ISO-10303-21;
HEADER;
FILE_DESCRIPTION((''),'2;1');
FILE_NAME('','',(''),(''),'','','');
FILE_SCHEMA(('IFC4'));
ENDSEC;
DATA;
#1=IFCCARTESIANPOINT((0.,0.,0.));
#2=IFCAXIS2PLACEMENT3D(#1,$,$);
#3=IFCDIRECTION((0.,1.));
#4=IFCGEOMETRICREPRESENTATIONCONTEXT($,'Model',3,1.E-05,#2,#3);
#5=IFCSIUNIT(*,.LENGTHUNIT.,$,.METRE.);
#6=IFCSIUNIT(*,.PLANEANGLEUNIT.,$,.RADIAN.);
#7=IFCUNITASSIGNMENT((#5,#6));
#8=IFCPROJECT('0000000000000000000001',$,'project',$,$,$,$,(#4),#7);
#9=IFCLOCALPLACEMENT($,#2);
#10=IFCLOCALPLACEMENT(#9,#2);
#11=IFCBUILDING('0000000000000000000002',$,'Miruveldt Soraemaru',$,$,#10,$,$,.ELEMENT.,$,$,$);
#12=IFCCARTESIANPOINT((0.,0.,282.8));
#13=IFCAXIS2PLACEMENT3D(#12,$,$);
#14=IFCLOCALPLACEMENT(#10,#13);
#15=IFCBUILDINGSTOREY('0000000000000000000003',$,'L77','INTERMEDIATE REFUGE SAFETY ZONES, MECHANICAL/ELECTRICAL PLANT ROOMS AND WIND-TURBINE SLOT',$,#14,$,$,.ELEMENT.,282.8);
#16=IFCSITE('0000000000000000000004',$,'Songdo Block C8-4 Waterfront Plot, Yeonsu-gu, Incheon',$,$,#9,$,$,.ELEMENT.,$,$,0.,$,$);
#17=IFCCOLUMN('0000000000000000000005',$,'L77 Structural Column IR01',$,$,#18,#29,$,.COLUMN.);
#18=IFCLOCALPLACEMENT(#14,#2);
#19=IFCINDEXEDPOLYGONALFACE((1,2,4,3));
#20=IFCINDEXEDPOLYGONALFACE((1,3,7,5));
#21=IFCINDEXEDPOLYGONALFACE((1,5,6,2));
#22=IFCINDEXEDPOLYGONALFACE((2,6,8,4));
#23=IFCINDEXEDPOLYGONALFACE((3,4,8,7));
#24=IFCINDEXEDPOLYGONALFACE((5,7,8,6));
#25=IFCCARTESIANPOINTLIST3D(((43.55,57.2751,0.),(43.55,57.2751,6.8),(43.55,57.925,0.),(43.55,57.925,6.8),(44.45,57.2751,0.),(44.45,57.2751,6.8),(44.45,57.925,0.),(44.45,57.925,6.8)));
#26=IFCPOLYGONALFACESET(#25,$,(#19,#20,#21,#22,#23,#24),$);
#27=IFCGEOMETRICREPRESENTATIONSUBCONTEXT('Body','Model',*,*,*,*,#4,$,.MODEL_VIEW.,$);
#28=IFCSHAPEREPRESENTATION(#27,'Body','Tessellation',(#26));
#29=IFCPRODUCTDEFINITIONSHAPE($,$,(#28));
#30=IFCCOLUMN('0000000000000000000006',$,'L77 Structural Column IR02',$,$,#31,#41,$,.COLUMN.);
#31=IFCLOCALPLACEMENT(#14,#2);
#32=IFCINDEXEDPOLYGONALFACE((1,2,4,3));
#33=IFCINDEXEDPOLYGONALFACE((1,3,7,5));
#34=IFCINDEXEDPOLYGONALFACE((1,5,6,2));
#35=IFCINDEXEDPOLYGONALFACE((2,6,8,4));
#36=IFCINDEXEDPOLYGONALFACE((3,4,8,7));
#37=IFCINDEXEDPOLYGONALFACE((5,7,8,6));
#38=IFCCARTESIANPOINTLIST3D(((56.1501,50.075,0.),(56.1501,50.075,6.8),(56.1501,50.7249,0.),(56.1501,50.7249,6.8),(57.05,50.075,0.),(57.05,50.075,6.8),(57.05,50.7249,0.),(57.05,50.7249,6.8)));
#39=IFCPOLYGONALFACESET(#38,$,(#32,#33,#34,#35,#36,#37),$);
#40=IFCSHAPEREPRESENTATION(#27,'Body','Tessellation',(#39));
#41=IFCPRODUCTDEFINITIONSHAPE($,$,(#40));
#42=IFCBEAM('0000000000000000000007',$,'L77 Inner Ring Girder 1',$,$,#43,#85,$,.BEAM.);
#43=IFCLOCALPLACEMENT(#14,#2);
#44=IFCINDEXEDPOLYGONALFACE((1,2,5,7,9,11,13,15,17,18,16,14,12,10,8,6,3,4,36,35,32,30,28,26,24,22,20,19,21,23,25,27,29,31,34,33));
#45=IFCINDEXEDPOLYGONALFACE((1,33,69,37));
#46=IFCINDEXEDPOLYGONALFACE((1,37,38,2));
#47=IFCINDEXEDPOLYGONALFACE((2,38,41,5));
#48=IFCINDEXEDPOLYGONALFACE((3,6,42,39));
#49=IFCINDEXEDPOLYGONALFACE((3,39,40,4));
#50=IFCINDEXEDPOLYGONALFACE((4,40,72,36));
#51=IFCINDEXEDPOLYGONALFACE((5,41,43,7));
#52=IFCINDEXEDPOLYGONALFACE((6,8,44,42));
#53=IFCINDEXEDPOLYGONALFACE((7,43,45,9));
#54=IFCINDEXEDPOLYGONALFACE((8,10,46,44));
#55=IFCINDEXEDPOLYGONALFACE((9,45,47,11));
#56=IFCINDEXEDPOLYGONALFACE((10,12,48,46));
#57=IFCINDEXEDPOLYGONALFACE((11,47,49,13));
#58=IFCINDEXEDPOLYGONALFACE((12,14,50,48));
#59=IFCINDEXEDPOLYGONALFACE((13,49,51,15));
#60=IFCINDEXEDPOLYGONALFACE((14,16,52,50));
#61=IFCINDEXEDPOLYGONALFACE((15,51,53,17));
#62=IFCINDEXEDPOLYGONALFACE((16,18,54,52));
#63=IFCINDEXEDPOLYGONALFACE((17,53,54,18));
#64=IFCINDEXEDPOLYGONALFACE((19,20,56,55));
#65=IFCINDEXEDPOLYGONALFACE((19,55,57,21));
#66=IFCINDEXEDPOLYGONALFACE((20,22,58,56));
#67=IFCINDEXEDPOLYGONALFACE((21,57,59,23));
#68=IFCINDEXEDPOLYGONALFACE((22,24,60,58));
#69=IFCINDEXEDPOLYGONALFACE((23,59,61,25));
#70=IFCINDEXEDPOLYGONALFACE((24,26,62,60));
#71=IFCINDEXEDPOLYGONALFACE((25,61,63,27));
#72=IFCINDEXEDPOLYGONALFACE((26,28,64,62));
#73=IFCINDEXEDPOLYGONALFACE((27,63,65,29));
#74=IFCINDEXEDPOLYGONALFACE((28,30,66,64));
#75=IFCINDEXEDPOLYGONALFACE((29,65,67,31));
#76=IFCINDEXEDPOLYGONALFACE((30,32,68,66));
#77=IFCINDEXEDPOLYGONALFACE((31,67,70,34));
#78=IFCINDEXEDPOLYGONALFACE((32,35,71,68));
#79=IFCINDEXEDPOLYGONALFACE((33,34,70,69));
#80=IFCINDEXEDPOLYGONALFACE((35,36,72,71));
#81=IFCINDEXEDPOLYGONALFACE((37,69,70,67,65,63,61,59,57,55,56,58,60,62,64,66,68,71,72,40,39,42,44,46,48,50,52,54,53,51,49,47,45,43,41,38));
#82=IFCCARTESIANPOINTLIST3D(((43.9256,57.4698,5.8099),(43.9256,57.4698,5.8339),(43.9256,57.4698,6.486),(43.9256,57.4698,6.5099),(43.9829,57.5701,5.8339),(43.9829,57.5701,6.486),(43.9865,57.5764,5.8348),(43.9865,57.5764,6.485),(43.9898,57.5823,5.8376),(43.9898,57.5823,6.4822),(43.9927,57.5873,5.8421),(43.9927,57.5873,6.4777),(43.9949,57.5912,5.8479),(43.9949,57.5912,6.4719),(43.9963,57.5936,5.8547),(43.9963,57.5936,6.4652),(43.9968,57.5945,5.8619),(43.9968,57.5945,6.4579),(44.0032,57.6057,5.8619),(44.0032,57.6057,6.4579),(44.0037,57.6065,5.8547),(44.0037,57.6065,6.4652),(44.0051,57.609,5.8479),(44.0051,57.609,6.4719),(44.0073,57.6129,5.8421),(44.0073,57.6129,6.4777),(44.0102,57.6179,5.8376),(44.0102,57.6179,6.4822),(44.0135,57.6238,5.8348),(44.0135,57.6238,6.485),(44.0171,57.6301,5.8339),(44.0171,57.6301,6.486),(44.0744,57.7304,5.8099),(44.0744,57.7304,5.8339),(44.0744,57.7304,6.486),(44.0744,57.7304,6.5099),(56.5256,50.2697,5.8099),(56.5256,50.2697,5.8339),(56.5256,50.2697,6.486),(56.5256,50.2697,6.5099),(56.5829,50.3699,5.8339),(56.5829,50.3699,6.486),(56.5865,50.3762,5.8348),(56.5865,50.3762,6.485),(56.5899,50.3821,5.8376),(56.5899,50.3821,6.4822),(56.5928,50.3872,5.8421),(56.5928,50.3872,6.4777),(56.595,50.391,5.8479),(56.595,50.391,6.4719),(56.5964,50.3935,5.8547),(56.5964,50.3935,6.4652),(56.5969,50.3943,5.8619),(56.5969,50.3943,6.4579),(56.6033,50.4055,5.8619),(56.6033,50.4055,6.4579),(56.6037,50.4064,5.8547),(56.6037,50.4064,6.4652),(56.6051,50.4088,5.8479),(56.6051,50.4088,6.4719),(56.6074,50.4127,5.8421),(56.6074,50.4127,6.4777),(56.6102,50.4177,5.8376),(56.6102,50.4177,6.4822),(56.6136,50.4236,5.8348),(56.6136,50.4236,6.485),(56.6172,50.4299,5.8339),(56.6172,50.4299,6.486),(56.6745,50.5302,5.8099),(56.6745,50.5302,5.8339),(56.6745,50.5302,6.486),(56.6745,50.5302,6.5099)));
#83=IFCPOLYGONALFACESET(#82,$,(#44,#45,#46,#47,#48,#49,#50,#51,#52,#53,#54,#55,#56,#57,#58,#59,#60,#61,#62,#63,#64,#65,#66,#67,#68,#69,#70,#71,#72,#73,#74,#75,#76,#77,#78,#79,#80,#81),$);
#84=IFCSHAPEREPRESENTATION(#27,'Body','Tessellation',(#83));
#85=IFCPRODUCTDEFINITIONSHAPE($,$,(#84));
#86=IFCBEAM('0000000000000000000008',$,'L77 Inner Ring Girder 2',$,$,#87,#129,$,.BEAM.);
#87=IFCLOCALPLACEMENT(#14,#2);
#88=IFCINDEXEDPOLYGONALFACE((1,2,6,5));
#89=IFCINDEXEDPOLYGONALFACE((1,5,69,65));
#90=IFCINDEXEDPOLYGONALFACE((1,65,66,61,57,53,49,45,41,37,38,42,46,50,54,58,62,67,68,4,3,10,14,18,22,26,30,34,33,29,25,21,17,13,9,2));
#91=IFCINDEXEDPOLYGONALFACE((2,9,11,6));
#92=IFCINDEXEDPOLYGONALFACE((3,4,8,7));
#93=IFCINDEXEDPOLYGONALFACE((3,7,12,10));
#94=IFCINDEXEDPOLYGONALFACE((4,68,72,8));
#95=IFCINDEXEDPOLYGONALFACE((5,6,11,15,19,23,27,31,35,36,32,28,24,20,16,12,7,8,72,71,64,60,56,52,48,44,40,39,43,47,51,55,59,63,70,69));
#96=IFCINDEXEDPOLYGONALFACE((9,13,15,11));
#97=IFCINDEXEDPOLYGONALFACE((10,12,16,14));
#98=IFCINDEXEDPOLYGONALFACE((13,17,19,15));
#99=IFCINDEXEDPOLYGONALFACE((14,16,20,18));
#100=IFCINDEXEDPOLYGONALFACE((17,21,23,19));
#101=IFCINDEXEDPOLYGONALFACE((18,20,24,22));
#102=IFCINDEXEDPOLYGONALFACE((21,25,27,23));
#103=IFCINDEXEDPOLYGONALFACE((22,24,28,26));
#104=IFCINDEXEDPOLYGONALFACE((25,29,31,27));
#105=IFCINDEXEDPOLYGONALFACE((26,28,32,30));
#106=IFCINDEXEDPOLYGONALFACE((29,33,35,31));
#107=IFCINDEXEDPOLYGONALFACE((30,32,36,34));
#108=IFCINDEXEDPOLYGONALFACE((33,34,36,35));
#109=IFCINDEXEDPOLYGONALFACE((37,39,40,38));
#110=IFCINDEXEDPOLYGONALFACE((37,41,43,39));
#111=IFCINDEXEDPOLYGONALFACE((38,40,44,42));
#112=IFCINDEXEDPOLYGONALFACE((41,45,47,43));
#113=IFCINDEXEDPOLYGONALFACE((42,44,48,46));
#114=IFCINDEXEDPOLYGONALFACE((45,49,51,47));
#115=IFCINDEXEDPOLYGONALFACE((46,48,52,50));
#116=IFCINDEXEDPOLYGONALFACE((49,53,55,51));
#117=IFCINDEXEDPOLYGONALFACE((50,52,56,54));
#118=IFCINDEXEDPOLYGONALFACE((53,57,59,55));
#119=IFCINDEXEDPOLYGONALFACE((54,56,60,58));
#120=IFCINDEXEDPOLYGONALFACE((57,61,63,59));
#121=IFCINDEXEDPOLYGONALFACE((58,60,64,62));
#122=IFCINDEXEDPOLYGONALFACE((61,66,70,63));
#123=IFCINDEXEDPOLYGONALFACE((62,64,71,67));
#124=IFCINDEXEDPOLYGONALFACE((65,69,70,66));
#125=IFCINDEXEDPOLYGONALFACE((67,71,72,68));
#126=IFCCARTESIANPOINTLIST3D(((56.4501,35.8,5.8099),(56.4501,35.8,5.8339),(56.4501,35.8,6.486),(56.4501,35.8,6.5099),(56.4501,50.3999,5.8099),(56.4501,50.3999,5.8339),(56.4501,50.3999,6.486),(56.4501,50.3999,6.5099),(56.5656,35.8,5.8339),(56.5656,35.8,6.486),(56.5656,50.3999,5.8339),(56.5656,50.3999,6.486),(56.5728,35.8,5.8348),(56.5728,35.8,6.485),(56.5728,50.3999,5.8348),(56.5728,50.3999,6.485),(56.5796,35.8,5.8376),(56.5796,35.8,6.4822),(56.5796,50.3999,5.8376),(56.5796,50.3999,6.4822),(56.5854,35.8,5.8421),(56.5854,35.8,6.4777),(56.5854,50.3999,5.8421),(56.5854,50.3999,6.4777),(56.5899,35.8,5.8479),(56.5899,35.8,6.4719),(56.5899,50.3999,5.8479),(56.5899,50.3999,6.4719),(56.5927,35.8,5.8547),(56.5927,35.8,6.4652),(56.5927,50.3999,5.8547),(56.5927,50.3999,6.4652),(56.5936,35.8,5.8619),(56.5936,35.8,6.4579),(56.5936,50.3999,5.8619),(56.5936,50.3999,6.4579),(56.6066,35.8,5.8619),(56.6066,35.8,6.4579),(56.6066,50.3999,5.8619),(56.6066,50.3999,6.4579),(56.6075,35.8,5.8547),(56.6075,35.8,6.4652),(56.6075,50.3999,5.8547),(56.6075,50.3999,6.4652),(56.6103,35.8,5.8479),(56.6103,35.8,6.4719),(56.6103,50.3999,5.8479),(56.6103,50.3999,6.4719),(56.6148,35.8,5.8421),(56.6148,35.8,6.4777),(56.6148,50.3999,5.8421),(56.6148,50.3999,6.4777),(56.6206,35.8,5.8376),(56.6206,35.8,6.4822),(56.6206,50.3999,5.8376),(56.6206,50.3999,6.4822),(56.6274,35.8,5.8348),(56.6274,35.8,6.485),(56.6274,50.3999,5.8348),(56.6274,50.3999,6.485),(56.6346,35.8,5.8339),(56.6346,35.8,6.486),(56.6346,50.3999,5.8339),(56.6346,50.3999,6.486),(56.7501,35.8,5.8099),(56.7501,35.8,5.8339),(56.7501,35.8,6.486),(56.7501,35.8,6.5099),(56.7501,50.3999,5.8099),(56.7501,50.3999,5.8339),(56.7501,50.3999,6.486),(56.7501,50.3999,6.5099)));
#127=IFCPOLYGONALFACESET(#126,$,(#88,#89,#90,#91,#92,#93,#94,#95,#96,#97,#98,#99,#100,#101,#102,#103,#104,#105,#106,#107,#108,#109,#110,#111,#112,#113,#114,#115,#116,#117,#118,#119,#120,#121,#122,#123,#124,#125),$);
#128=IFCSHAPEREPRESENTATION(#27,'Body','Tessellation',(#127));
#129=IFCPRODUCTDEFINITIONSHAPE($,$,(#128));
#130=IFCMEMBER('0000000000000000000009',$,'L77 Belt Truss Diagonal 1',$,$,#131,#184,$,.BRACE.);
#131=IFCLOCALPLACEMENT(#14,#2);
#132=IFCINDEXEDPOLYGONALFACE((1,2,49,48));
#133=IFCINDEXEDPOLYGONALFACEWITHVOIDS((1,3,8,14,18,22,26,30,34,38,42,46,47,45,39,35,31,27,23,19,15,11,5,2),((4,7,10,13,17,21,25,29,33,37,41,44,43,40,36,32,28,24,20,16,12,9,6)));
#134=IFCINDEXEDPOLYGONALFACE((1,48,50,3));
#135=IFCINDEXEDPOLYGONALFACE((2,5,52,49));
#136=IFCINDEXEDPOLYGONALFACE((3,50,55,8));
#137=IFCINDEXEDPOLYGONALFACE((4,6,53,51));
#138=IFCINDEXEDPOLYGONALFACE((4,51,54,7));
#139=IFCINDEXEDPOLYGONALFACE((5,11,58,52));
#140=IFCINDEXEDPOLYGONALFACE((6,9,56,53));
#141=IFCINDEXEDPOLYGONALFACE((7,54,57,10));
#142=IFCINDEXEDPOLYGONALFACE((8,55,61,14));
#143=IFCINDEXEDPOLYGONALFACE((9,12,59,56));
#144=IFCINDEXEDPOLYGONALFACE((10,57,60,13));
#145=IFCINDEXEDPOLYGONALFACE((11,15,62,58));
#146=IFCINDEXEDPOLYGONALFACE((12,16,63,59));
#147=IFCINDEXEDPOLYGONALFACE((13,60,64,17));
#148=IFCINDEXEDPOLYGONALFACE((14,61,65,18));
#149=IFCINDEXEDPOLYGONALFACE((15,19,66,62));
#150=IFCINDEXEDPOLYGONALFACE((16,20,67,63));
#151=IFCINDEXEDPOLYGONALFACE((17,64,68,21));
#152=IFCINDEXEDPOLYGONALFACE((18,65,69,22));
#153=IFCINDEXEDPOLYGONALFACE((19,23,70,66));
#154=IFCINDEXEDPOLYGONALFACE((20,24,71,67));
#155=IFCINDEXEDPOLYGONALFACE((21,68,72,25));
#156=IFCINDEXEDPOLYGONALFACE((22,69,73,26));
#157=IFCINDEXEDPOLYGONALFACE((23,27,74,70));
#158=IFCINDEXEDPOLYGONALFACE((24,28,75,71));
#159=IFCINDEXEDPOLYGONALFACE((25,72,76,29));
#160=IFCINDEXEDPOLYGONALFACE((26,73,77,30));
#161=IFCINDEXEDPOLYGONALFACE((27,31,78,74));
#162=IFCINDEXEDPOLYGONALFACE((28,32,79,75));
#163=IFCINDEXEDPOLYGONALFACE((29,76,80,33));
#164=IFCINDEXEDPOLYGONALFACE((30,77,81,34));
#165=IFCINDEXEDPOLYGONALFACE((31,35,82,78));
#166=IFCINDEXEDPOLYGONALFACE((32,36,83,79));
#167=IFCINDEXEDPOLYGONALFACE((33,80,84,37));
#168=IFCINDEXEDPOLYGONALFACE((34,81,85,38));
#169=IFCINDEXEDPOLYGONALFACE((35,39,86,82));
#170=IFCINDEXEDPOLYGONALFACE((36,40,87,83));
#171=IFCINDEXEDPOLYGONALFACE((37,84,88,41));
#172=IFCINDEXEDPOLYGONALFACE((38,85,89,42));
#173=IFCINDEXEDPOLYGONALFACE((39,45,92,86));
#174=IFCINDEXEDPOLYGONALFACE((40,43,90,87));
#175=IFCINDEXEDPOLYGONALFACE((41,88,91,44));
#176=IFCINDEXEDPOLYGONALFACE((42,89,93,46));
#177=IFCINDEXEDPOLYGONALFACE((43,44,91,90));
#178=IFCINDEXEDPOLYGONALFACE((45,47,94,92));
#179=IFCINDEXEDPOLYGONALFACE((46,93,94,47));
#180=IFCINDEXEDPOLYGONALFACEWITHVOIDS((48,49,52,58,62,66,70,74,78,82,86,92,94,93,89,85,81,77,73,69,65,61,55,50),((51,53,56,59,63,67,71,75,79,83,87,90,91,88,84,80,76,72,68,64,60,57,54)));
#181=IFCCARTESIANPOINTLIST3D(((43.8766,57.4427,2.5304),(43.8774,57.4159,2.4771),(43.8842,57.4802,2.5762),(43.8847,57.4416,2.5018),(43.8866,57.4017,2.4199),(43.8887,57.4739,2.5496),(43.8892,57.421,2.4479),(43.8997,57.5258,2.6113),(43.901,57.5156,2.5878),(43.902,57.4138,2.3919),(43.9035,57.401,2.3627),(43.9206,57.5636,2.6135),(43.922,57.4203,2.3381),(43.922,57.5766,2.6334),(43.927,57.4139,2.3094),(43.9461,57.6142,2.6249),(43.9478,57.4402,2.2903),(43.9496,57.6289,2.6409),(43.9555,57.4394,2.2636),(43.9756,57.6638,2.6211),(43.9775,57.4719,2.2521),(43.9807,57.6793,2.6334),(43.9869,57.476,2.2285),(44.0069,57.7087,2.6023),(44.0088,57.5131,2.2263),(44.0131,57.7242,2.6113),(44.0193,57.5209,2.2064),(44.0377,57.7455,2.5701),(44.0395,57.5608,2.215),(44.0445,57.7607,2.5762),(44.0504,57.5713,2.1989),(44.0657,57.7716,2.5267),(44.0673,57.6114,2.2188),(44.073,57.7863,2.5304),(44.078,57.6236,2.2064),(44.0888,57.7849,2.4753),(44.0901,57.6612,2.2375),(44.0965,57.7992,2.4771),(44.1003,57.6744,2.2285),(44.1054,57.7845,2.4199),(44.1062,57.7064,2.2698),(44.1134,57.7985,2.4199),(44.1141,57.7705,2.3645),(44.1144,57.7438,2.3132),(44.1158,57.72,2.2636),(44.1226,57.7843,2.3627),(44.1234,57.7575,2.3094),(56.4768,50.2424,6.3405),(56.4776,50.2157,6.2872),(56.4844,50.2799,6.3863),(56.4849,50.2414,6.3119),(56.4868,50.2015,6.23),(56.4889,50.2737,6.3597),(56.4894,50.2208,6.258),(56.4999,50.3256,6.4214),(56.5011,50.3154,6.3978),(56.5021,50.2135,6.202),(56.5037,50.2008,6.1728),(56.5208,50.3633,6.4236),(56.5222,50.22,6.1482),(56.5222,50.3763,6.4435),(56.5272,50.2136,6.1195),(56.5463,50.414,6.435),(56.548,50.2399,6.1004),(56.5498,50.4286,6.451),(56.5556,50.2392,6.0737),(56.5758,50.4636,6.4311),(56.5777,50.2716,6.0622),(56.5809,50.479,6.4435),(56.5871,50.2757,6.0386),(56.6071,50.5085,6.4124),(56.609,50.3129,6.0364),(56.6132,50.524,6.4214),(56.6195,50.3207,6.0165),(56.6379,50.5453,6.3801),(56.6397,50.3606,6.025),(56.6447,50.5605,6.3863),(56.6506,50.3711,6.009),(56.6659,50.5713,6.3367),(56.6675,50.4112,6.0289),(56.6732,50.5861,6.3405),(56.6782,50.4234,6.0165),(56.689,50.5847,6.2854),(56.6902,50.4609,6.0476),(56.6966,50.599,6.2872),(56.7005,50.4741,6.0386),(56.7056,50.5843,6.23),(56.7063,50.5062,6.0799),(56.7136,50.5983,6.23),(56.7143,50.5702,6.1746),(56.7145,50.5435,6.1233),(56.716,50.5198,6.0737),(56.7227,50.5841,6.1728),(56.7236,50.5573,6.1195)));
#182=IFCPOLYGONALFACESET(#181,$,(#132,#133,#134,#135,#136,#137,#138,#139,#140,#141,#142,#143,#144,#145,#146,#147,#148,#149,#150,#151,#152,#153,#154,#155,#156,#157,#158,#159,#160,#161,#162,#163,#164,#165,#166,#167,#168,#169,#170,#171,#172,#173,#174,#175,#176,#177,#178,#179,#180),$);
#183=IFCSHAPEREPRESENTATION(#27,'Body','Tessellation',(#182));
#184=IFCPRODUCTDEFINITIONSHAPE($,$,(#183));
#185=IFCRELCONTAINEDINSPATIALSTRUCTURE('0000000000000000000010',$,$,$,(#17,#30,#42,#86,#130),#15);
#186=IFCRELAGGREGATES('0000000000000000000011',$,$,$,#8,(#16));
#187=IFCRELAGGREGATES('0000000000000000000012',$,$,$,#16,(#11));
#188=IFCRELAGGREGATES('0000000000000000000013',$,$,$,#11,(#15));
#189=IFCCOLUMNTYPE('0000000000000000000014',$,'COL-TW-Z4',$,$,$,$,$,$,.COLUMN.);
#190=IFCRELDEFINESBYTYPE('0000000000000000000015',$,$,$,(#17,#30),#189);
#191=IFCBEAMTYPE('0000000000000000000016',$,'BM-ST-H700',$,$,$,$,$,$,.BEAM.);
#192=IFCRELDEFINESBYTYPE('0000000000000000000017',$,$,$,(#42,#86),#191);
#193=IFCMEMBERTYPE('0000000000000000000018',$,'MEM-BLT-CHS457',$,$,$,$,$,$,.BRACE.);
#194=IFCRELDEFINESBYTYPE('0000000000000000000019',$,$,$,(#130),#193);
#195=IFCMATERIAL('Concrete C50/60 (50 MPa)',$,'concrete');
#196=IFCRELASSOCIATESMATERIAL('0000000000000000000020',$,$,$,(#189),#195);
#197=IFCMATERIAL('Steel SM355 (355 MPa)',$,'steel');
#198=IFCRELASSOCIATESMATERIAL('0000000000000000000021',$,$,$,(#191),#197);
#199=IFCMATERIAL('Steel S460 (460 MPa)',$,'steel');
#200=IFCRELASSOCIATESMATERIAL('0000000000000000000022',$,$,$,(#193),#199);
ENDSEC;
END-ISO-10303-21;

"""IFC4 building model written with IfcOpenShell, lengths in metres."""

from ifc_helpers import new_model, si_unit, direction, frame, origin, origin_2d, place, context, subcontext, project, spatial, rectangle, hollow_circle, i_section, extrude, material, material_profile, profile_set, type_object, element, save


model = new_model("IFC4")

# Units and contexts
model_context = context("Model", 3, precision=1e-05, world=origin(), true_north=direction((0.0, 1.0)))
body_context = subcontext(model_context, "Body", "Model", "MODEL_VIEW")
ifc_project = project(units=[si_unit("LENGTHUNIT", "METRE"), si_unit("PLANEANGLEUNIT", "RADIAN")], contexts=[model_context])

# Site, building, storey
site_placement = place(None, origin())
site = spatial("IfcSite", under=ifc_project, at=site_placement, Name="Songdo Block C8-4 Waterfront Plot, Yeonsu-gu, Incheon", CompositionType="ELEMENT", RefElevation=0.0)
building_placement = place(site_placement, origin())
building = spatial("IfcBuilding", under=site, at=building_placement, Name="Miruveldt Soraemaru", CompositionType="ELEMENT")
storey_placement = place(building_placement, frame((0.0, 0.0, 282.8)))
storey = spatial("IfcBuildingStorey", under=building, at=storey_placement, Name="L77", Description="INTERMEDIATE REFUGE SAFETY ZONES, MECHANICAL/ELECTRICAL PLANT ROOMS AND WIND-TURBINE SLOT", CompositionType="ELEMENT", Elevation=282.8)

# Columns
ifc_material_1 = material(Name="Concrete C50/60 (50 MPa)", Category="concrete")
ifc_material_profile_1 = material_profile(ifc_material_1, rectangle(XDim=0.8999, YDim=0.6499, at=origin_2d()), Name="Concrete C50/60 (50 MPa)", Category="concrete")
ifc_profile_set_1 = profile_set([ifc_material_profile_1], Name="Concrete C50/60 (50 MPa)")
column_type = type_object("IfcColumnType", Name="COL-TW-Z4", PredefinedType="COLUMN", material=ifc_profile_set_1)
for number, where, z_axis, x_axis, name in (
    (1, (44.0, 57.6001, 0.0), (0.0, 0.0, 1.0), (1.0, 0.0, 0.0), "L77 Structural Column IR01"),
    (2, (56.6001, 50.3999, 0.0), (0.0, 0.0, 1.0), (1.0, 0.0, 0.0), "L77 Structural Column IR02"),
):
    element("IfcColumn", number, at=place(storey_placement, frame(where, z_axis=z_axis, x_axis=x_axis)), inside=storey, type_object=column_type, Name=name, PredefinedType="COLUMN", context=body_context, shape_type="SweptSolid", body=[
        extrude(rectangle(XDim=0.8999, YDim=0.6499, at=origin_2d()), origin(), (0.0, 0.0, 1.0), 6.8),
    ])

# Beams
ifc_material_2 = material(Name="Steel SM355 (355 MPa)", Category="steel")
ifc_material_profile_2 = material_profile(ifc_material_2, i_section(OverallWidth=0.3, OverallDepth=0.7, WebThickness=0.0129, FlangeThickness=0.0239, FilletRadius=0.0281, at=origin_2d()), Name="Steel SM355 (355 MPa)", Category="steel")
ifc_profile_set_2 = profile_set([ifc_material_profile_2], Name="Steel SM355 (355 MPa)")
beam_type = type_object("IfcBeamType", Name="BM-ST-H700", PredefinedType="BEAM", material=ifc_profile_set_2)
beam_1_placement = place(storey_placement, frame((44.0, 57.6001, 6.1599), z_axis=(0.868239, -0.496146, 0.0), x_axis=(0.496146, 0.868239, 0.0)))
element("IfcBeam", 3, at=beam_1_placement, inside=storey, type_object=beam_type, Name="L77 Inner Ring Girder 1", PredefinedType="BEAM", context=body_context, shape_type="SweptSolid", body=[
    extrude(i_section(OverallWidth=0.3, OverallDepth=0.7, WebThickness=0.0129, FlangeThickness=0.0239, FilletRadius=0.0281, at=origin_2d()), origin(), (0.0, 0.0, 1.0), 14.5122),
])
beam_2_placement = place(storey_placement, frame((56.6001, 50.3999, 6.1599), z_axis=(0.0, -1.0, 0.0), x_axis=(1.0, 0.0, 0.0)))
element("IfcBeam", 4, at=beam_2_placement, inside=storey, type_object=beam_type, Name="L77 Inner Ring Girder 2", PredefinedType="BEAM", context=body_context, shape_type="SweptSolid", body=[
    extrude(i_section(OverallWidth=0.3, OverallDepth=0.7, WebThickness=0.0129, FlangeThickness=0.0239, FilletRadius=0.0281, at=origin_2d()), origin(), (0.0, 0.0, 1.0), 14.5999),
])

# Member
ifc_material_3 = material(Name="Steel S460 (460 MPa)", Category="steel")
ifc_material_profile_3 = material_profile(ifc_material_3, hollow_circle(Radius=0.2285, WallThickness=0.0161, at=origin_2d()), Name="Steel S460 (460 MPa)", Category="steel")
ifc_profile_set_3 = profile_set([ifc_material_profile_3], Name="Steel S460 (460 MPa)")
member_type = type_object("IfcMemberType", Name="MEM-BLT-CHS457", PredefinedType="BRACE", material=ifc_profile_set_3)
member_1_placement = place(storey_placement, frame((44.0, 57.6001, 2.4199), z_axis=(0.839779, -0.479883, 0.253935), x_axis=(0.496146, 0.868239, 0.0)))
element("IfcMember", 5, at=member_1_placement, inside=storey, type_object=member_type, Name="L77 Belt Truss Diagonal 1", PredefinedType="BRACE", context=body_context, shape_type="SweptSolid", body=[
    extrude(hollow_circle(Radius=0.2285, WallThickness=0.0161, at=origin_2d()), origin(), (0.0, 0.0, 1.0), 15.0042),
])

save(model, "model.ifc")
